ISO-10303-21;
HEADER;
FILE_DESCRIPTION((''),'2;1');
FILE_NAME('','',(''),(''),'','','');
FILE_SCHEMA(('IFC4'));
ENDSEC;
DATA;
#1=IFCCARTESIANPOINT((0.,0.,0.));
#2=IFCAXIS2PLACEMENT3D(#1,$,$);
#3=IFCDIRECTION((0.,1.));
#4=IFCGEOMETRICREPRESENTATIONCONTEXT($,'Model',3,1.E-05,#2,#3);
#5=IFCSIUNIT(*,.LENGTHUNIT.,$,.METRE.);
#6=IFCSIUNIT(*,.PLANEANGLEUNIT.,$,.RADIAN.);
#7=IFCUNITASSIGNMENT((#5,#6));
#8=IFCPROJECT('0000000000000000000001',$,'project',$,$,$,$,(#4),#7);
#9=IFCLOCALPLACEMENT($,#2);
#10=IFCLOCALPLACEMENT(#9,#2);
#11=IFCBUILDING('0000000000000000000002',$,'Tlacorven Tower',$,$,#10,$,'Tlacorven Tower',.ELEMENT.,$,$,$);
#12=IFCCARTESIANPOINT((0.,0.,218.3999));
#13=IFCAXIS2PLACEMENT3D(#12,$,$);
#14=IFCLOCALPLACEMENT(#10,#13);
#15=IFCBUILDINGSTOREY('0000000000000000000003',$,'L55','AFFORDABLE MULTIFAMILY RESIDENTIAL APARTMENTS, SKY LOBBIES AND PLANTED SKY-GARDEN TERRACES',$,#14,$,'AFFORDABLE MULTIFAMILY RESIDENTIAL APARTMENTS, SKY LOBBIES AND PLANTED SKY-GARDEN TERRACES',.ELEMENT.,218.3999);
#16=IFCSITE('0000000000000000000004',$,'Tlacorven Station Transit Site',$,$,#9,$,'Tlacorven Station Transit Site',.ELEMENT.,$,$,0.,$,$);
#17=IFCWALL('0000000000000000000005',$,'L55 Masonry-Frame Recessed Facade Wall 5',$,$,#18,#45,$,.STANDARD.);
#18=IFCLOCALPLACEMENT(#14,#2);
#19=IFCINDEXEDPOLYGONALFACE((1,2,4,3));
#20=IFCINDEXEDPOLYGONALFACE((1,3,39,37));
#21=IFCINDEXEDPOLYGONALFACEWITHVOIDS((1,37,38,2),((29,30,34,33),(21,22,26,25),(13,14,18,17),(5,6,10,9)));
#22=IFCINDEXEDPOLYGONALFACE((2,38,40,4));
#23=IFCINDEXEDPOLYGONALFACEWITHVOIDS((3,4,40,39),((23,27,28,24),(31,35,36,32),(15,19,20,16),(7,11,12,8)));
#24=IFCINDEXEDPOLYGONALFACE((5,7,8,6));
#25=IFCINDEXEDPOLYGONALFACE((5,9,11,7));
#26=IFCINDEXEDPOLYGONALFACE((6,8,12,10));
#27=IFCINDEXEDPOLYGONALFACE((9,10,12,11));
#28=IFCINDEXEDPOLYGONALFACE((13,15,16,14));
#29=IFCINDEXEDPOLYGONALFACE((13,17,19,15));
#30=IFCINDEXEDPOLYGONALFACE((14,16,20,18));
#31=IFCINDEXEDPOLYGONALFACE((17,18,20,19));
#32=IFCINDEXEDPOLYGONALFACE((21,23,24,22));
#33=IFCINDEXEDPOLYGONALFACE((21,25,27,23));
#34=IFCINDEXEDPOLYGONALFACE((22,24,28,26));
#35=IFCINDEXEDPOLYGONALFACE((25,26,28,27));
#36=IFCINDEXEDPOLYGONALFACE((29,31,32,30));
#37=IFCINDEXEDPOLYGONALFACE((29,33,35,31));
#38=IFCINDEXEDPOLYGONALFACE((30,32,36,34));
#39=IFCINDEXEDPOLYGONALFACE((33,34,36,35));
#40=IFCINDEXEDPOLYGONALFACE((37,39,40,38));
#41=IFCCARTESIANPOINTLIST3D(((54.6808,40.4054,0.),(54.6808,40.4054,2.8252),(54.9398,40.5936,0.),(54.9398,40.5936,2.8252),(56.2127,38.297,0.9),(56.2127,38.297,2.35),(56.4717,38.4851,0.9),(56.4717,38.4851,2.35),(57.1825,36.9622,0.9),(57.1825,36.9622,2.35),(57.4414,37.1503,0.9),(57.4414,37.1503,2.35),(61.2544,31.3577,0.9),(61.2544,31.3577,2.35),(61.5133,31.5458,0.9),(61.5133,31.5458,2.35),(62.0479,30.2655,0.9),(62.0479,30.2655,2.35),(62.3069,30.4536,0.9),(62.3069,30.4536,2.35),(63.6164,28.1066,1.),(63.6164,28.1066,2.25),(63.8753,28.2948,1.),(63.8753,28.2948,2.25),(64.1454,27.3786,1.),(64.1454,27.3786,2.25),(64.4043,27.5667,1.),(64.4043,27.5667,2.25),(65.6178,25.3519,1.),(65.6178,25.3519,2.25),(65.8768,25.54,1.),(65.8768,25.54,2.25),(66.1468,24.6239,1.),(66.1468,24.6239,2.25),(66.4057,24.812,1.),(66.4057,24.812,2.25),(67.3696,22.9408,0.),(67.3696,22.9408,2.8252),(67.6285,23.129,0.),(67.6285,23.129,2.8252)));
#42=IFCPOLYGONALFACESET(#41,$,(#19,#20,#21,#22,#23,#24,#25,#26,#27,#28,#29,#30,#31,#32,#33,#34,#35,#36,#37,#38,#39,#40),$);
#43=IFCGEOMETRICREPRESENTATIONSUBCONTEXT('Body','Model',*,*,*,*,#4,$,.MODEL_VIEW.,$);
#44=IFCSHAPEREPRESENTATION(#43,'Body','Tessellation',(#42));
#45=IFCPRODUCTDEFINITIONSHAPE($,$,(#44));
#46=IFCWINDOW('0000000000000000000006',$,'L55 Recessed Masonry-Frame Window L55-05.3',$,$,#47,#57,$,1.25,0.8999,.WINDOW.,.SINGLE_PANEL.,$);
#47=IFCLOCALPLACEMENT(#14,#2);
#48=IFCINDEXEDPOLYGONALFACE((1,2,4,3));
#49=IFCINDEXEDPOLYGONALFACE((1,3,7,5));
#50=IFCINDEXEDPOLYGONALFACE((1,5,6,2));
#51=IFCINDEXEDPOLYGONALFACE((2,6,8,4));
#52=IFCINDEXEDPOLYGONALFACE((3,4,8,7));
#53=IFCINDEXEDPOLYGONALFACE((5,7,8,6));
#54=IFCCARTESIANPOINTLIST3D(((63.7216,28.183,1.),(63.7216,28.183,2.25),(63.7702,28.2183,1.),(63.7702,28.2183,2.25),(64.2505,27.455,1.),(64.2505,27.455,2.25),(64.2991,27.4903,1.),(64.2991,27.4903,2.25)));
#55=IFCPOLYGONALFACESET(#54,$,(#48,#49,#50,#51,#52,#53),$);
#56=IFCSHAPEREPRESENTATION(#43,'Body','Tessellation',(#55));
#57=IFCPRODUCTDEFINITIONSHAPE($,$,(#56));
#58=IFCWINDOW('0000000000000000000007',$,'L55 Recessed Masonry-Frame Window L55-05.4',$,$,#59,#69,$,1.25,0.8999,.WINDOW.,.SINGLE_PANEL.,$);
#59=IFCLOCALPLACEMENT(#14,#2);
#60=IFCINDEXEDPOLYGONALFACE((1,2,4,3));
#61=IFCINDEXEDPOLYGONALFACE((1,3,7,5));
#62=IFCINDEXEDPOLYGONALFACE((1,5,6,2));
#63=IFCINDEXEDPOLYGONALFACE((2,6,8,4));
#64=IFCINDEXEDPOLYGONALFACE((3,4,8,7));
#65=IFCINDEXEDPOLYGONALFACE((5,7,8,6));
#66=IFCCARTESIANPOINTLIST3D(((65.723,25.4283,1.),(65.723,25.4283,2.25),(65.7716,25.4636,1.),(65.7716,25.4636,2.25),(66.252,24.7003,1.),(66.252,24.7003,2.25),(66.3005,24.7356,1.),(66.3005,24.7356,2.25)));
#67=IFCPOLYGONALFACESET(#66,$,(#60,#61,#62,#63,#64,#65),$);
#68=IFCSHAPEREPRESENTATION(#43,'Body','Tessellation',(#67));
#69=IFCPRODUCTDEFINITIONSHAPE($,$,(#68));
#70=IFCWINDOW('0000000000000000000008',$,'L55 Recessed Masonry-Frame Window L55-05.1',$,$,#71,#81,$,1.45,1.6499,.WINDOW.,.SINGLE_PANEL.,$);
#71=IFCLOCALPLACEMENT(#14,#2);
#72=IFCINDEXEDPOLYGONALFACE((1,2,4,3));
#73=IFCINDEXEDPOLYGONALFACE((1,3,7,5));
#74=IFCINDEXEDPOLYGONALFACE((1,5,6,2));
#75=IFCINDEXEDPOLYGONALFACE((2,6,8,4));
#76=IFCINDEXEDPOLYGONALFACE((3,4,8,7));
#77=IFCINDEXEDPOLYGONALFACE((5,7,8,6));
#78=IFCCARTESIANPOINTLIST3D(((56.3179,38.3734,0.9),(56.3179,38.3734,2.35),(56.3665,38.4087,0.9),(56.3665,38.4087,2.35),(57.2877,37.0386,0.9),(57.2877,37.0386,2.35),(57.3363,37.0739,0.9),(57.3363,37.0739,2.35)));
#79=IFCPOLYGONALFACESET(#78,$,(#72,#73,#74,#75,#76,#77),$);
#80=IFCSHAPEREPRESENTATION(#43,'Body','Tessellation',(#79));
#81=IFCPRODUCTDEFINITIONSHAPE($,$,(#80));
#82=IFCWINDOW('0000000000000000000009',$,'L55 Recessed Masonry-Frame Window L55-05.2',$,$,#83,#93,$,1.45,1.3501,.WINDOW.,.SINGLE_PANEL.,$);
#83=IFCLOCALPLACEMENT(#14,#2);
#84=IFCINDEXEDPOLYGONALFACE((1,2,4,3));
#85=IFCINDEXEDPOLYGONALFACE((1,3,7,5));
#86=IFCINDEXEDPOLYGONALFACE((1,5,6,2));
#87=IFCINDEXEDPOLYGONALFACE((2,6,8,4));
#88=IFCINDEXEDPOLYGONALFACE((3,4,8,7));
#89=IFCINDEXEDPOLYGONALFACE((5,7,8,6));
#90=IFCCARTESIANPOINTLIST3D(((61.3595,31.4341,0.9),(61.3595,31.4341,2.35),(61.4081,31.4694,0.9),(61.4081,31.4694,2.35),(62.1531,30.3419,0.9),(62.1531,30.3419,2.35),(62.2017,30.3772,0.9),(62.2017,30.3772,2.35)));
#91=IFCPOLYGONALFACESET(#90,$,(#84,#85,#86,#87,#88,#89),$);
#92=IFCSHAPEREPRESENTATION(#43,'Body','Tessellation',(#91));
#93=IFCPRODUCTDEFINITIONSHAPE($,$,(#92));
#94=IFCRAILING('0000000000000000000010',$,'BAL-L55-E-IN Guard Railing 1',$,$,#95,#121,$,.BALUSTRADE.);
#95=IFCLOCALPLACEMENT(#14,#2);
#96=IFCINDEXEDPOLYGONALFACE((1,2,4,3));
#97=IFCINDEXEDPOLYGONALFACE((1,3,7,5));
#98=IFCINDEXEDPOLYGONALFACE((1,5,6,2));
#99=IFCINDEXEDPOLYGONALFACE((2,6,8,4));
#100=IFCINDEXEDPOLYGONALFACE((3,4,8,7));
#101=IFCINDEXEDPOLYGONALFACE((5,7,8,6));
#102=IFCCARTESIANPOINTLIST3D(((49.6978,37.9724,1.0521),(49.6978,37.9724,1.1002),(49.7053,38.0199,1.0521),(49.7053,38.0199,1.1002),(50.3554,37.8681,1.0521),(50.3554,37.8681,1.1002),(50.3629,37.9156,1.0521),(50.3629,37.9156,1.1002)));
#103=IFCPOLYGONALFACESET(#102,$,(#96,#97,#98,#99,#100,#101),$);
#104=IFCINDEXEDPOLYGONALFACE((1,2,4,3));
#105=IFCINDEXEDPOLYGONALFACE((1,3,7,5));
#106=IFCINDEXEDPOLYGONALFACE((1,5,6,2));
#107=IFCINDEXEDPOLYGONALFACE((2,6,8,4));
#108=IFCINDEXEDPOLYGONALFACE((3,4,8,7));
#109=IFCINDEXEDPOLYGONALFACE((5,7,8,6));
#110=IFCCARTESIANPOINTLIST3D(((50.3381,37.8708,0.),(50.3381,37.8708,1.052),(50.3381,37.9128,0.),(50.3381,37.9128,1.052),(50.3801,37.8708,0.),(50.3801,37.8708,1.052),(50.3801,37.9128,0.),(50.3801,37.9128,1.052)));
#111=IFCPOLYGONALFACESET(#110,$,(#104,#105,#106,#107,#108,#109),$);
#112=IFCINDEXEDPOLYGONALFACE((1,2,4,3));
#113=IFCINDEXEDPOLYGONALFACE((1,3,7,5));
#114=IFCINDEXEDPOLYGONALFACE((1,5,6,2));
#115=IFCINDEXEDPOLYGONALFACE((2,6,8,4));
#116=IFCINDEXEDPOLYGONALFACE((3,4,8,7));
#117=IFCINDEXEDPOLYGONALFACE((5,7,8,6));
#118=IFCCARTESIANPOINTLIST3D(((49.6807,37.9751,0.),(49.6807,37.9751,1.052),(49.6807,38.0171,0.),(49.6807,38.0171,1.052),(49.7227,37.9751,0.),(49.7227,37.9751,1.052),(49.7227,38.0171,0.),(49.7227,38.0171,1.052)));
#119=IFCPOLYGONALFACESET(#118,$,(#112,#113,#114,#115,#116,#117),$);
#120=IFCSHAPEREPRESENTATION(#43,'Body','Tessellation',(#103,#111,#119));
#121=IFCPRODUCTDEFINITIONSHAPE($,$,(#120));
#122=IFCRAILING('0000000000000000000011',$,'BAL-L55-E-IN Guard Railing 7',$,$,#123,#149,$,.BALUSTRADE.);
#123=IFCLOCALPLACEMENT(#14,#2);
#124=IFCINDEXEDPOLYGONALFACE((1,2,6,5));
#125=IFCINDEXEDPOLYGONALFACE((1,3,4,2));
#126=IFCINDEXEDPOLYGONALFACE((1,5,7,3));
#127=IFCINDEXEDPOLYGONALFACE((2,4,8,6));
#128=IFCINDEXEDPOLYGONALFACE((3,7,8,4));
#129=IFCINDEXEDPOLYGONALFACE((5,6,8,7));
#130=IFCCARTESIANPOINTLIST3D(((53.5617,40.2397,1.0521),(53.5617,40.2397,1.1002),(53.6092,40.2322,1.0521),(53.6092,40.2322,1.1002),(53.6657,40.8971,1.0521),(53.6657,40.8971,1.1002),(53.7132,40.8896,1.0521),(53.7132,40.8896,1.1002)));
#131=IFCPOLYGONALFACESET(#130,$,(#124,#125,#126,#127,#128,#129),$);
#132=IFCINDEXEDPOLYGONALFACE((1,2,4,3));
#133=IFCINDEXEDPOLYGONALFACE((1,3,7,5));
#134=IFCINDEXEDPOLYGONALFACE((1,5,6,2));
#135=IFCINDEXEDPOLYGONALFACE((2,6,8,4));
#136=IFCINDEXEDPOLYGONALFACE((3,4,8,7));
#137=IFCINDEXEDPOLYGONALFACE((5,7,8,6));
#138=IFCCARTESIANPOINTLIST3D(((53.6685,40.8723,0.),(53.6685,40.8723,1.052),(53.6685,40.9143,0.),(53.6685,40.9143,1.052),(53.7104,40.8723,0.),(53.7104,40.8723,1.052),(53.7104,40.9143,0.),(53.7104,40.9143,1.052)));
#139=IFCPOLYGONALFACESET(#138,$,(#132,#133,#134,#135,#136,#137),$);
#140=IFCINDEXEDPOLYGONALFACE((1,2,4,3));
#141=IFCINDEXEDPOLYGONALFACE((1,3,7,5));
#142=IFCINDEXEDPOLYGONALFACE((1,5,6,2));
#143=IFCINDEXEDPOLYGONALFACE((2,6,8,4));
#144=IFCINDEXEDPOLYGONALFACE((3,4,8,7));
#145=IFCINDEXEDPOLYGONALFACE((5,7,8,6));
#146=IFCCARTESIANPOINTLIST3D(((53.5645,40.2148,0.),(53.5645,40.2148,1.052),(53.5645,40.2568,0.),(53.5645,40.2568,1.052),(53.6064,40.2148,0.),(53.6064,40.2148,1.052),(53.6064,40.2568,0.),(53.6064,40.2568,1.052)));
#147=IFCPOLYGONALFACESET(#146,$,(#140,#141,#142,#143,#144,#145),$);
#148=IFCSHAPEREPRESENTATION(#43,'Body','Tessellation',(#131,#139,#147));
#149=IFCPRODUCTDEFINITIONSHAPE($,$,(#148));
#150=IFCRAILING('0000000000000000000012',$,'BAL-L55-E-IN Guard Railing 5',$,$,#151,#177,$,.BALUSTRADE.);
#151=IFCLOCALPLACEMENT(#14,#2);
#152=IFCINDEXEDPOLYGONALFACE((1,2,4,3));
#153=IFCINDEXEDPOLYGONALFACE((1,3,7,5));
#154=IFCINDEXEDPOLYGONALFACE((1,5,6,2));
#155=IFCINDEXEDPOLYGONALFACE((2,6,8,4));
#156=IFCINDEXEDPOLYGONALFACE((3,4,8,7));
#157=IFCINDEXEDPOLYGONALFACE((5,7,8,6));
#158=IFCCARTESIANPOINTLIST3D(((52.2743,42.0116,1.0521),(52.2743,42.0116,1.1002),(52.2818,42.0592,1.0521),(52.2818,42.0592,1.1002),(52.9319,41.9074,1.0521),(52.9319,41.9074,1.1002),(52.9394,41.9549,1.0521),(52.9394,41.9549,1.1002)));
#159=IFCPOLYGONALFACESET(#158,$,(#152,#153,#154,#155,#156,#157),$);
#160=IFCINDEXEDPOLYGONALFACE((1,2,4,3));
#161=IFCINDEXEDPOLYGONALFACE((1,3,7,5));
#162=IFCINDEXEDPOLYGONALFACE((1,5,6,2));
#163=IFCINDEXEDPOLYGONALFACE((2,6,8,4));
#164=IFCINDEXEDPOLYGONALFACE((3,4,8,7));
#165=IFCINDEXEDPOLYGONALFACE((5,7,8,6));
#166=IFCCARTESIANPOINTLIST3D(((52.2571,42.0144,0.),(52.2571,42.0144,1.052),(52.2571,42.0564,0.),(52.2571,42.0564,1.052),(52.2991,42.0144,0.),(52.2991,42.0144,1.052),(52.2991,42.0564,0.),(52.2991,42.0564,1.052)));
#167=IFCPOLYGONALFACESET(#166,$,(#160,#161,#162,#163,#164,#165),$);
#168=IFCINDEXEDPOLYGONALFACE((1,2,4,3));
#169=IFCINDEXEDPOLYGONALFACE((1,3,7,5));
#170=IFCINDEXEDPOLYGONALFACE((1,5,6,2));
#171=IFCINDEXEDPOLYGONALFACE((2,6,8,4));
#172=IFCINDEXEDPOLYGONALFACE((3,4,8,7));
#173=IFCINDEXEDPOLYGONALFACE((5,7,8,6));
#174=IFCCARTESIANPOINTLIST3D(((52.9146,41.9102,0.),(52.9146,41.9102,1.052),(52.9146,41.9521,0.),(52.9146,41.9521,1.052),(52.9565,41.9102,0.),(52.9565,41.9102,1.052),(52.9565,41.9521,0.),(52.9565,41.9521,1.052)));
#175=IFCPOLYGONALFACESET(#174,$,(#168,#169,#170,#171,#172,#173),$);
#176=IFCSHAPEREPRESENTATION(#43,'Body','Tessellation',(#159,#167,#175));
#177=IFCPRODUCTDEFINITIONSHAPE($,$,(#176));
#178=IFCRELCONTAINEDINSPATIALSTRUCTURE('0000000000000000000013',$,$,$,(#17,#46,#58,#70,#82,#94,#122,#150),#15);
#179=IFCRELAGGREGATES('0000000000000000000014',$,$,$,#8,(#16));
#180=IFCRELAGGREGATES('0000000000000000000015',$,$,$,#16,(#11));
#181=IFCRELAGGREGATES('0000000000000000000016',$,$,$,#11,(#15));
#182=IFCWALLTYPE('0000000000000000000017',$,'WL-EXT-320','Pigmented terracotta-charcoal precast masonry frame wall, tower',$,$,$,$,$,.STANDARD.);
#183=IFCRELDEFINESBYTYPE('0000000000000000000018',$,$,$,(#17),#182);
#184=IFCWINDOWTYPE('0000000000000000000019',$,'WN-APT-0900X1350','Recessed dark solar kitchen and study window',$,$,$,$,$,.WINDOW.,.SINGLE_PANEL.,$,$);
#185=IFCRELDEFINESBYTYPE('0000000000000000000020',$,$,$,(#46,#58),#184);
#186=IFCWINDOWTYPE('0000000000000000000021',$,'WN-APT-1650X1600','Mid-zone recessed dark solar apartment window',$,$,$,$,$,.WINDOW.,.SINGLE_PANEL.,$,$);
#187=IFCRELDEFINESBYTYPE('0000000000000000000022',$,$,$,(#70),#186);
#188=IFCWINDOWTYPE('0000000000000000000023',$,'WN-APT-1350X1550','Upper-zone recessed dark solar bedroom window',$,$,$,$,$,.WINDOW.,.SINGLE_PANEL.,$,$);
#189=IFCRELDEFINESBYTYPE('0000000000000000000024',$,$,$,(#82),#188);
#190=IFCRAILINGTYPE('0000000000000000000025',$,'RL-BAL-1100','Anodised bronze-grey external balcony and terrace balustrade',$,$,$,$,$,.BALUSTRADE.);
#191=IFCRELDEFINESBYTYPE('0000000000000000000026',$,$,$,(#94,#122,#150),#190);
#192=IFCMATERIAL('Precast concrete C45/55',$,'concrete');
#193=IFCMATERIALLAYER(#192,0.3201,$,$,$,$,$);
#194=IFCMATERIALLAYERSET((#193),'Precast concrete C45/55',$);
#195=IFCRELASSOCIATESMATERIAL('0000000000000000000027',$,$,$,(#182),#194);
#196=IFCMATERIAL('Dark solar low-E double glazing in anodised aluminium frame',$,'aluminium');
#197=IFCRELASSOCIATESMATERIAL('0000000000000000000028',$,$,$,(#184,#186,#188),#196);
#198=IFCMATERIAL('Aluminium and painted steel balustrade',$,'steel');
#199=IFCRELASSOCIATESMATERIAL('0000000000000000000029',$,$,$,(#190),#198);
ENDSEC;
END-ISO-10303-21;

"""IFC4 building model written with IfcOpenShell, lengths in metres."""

from ifc_helpers import new_model, si_unit, direction, frame, frame_2d, origin, origin_2d, place, context, subcontext, project, spatial, rectangle, extrude, source, transform, mapped, material, layer, layer_set, type_object, element, fill, save


model = new_model("IFC4")

# Units and contexts
model_context = context("Model", 3, precision=1e-05, world=origin(), true_north=direction((0.0, 1.0)))
body_context = subcontext(model_context, "Body", "Model", "MODEL_VIEW")
ifc_project = project(units=[si_unit("LENGTHUNIT", "METRE"), si_unit("PLANEANGLEUNIT", "RADIAN")], contexts=[model_context])

# Site, building, storey
site_placement = place(None, origin())
site = spatial("IfcSite", under=ifc_project, at=site_placement, Name="Tlacorven Station Transit Site", LongName="Tlacorven Station Transit Site", CompositionType="ELEMENT", RefElevation=0.0)
building_placement = place(site_placement, origin())
building = spatial("IfcBuilding", under=site, at=building_placement, Name="Tlacorven Tower", LongName="Tlacorven Tower", CompositionType="ELEMENT")
storey_placement = place(building_placement, frame((0.0, 0.0, 218.3999)))
storey = spatial("IfcBuildingStorey", under=building, at=storey_placement, Name="L55", Description="AFFORDABLE MULTIFAMILY RESIDENTIAL APARTMENTS, SKY LOBBIES AND PLANTED SKY-GARDEN TERRACES", LongName="AFFORDABLE MULTIFAMILY RESIDENTIAL APARTMENTS, SKY LOBBIES AND PLANTED SKY-GARDEN TERRACES", CompositionType="ELEMENT", Elevation=218.3999)

# Wall, openings, windows
ifc_material_1 = material(Name="Precast concrete C45/55", Category="concrete")
ifc_layer_1 = layer(ifc_material_1, 0.3201)
ifc_layer_set_1 = layer_set([ifc_layer_1], Name="Precast concrete C45/55")
wall_type_1 = type_object("IfcWallType", Name="WL-EXT-320", Description="Pigmented terracotta-charcoal precast masonry frame wall, tower", PredefinedType="STANDARD", material=ifc_layer_set_1)
wall_1_placement = place(storey_placement, frame((54.8103, 40.4995, 0.0), z_axis=(0.0, 0.0, 1.0), x_axis=(0.587784, -0.809018, 0.0)))
wall_1 = element("IfcWall", 1, at=wall_1_placement, inside=storey, type_object=wall_type_1, Name="L55 Masonry-Frame Recessed Facade Wall 5", PredefinedType="STANDARD", context=body_context, shape_type="SweptSolid", body=[
    extrude(rectangle(XDim=21.5874, YDim=0.3201, at=frame_2d((10.7937, 0.0))), origin(), (0.0, 0.0, 1.0), 2.8252),
])
opening_1_placement = place(wall_1_placement, frame((2.6062, 0.0, 0.8999)))
opening_1 = element("IfcOpeningElement", 2, at=opening_1_placement, cuts=wall_1, PredefinedType="OPENING", context=body_context, shape_type="SweptSolid", body=[
    extrude(rectangle(XDim=1.6499, YDim=1.45, at=frame_2d((0.825, 0.7251))), frame((0.0, 0.1699, 0.0), z_axis=(0.0, -1.0, 0.0), x_axis=(1.0, 0.0, 0.0)), (0.0, 0.0, 1.0), 0.3401),
])
opening_2_placement = place(wall_1_placement, frame((11.1836, 0.0, 0.8999)))
opening_2 = element("IfcOpeningElement", 3, at=opening_2_placement, cuts=wall_1, PredefinedType="OPENING", context=body_context, shape_type="SweptSolid", body=[
    extrude(rectangle(XDim=1.3501, YDim=1.45, at=frame_2d((0.675, 0.7251))), frame((0.0, 0.1699, 0.0), z_axis=(0.0, -1.0, 0.0), x_axis=(1.0, 0.0, 0.0)), (0.0, 0.0, 1.0), 0.3401),
])
opening_3_placement = place(wall_1_placement, frame((15.2021, 0.0, 1.0)))
opening_3 = element("IfcOpeningElement", 4, at=opening_3_placement, cuts=wall_1, PredefinedType="OPENING", context=body_context, shape_type="SweptSolid", body=[
    extrude(rectangle(XDim=0.8999, YDim=1.25, at=frame_2d((0.45, 0.625))), frame((0.0, 0.1699, 0.0), z_axis=(0.0, -1.0, 0.0), x_axis=(1.0, 0.0, 0.0)), (0.0, 0.0, 1.0), 0.3401),
])
opening_4_placement = place(wall_1_placement, frame((18.6072, 0.0, 1.0)))
opening_4 = element("IfcOpeningElement", 5, at=opening_4_placement, cuts=wall_1, PredefinedType="OPENING", context=body_context, shape_type="SweptSolid", body=[
    extrude(rectangle(XDim=0.8999, YDim=1.25, at=frame_2d((0.45, 0.625))), frame((0.0, 0.1699, 0.0), z_axis=(0.0, -1.0, 0.0), x_axis=(1.0, 0.0, 0.0)), (0.0, 0.0, 1.0), 0.3401),
])
ifc_material_2 = material(Name="Dark solar low-E double glazing in anodised aluminium frame", Category="aluminium")
window_type_1 = type_object("IfcWindowType", Name="WN-APT-0900X1350", Description="Recessed dark solar kitchen and study window", PartitioningType="SINGLE_PANEL", PredefinedType="WINDOW", material=ifc_material_2)
shared_shape_1 = source(origin(), body_context, "Body", "SweptSolid", [
    extrude(rectangle(XDim=0.8999, YDim=1.25, at=frame_2d((0.45, 0.625))), frame((0.0, 0.03, 0.0), z_axis=(0.0, -1.0, 0.0), x_axis=(1.0, 0.0, 0.0)), (0.0, 0.0, 1.0), 0.0601),
])
window_1_placement = place(opening_3_placement, origin())
window_1 = element("IfcWindow", 6, at=window_1_placement, inside=storey, type_object=window_type_1, Name="L55 Recessed Masonry-Frame Window L55-05.3", OverallHeight=1.25, OverallWidth=0.8999, PartitioningType="SINGLE_PANEL", PredefinedType="WINDOW", context=body_context, shape_type="MappedRepresentation", body=[
    mapped(shared_shape_1, transform((0.0, 0.0, 0.0), scale=1.0)),
])
fill(opening_3, window_1)
window_2_placement = place(opening_4_placement, origin())
window_2 = element("IfcWindow", 7, at=window_2_placement, inside=storey, type_object=window_type_1, Name="L55 Recessed Masonry-Frame Window L55-05.4", OverallHeight=1.25, OverallWidth=0.8999, PartitioningType="SINGLE_PANEL", PredefinedType="WINDOW", context=body_context, shape_type="MappedRepresentation", body=[
    mapped(shared_shape_1, transform((0.0, 0.0, 0.0), scale=1.0)),
])
fill(opening_4, window_2)
window_type_2 = type_object("IfcWindowType", Name="WN-APT-1650X1600", Description="Mid-zone recessed dark solar apartment window", PartitioningType="SINGLE_PANEL", PredefinedType="WINDOW", material=ifc_material_2)
shared_shape_2 = source(origin(), body_context, "Body", "SweptSolid", [
    extrude(rectangle(XDim=1.6499, YDim=1.45, at=frame_2d((0.825, 0.7251))), frame((0.0, 0.03, 0.0), z_axis=(0.0, -1.0, 0.0), x_axis=(1.0, 0.0, 0.0)), (0.0, 0.0, 1.0), 0.0601),
])
window_3_placement = place(opening_1_placement, origin())
window_3 = element("IfcWindow", 8, at=window_3_placement, inside=storey, type_object=window_type_2, Name="L55 Recessed Masonry-Frame Window L55-05.1", OverallHeight=1.45, OverallWidth=1.6499, PartitioningType="SINGLE_PANEL", PredefinedType="WINDOW", context=body_context, shape_type="MappedRepresentation", body=[
    mapped(shared_shape_2, transform((0.0, 0.0, 0.0), scale=1.0)),
])
fill(opening_1, window_3)
window_type_3 = type_object("IfcWindowType", Name="WN-APT-1350X1550", Description="Upper-zone recessed dark solar bedroom window", PartitioningType="SINGLE_PANEL", PredefinedType="WINDOW", material=ifc_material_2)
shared_shape_3 = source(origin(), body_context, "Body", "SweptSolid", [
    extrude(rectangle(XDim=1.3501, YDim=1.45, at=frame_2d((0.675, 0.7251))), frame((0.0, 0.03, 0.0), z_axis=(0.0, -1.0, 0.0), x_axis=(1.0, 0.0, 0.0)), (0.0, 0.0, 1.0), 0.0601),
])
window_4_placement = place(opening_2_placement, origin())
window_4 = element("IfcWindow", 9, at=window_4_placement, inside=storey, type_object=window_type_3, Name="L55 Recessed Masonry-Frame Window L55-05.2", OverallHeight=1.45, OverallWidth=1.3501, PartitioningType="SINGLE_PANEL", PredefinedType="WINDOW", context=body_context, shape_type="MappedRepresentation", body=[
    mapped(shared_shape_3, transform((0.0, 0.0, 0.0), scale=1.0)),
])
fill(opening_2, window_4)

# Railings
ifc_material_3 = material(Name="Aluminium and painted steel balustrade", Category="steel")
railing_type_1 = type_object("IfcRailingType", Name="RL-BAL-1100", Description="Anodised bronze-grey external balcony and terrace balustrade", PredefinedType="BALUSTRADE", material=ifc_material_3)
shared_shape_4 = source(origin(), body_context, "Body", "SweptSolid", [
    extrude(rectangle(XDim=0.0481, YDim=0.0481, at=origin_2d()), frame((0.0, 0.0, 1.0762), z_axis=(-0.987662, 0.156603, 0.0), x_axis=(-0.156603, -0.987662, 0.0)), (0.0, 0.0, 1.0), 0.6658),
    extrude(rectangle(XDim=0.042, YDim=0.042, at=origin_2d()), origin(), (0.0, 0.0, 1.0), 1.052),
    extrude(rectangle(XDim=0.042, YDim=0.042, at=origin_2d()), frame((-0.6575, 0.1042, 0.0)), (0.0, 0.0, 1.0), 1.052),
])
railing_1_placement = place(storey_placement, frame((50.3591, 37.8918, 0.0)))
element("IfcRailing", 10, at=railing_1_placement, inside=storey, type_object=railing_type_1, Name="BAL-L55-E-IN Guard Railing 1", PredefinedType="BALUSTRADE", context=body_context, shape_type="MappedRepresentation", body=[
    mapped(shared_shape_4, transform((0.0, 0.0, 0.0), scale=1.0)),
])
shared_shape_5 = source(origin(), body_context, "Body", "SweptSolid", [
    extrude(rectangle(XDim=0.0481, YDim=0.0481, at=origin_2d()), frame((0.0, 0.0, 1.0762), z_axis=(-0.156245, -0.987718, 0.0), x_axis=(0.987718, -0.156245, 0.0)), (0.0, 0.0, 1.0), 0.6655),
    extrude(rectangle(XDim=0.042, YDim=0.042, at=origin_2d()), origin(), (0.0, 0.0, 1.0), 1.052),
    extrude(rectangle(XDim=0.042, YDim=0.042, at=origin_2d()), frame((-0.104, -0.6575, 0.0)), (0.0, 0.0, 1.0), 1.052),
])
railing_2_placement = place(storey_placement, frame((53.6895, 40.8933, 0.0)))
element("IfcRailing", 11, at=railing_2_placement, inside=storey, type_object=railing_type_1, Name="BAL-L55-E-IN Guard Railing 7", PredefinedType="BALUSTRADE", context=body_context, shape_type="MappedRepresentation", body=[
    mapped(shared_shape_5, transform((0.0, 0.0, 0.0), scale=1.0)),
])
shared_shape_6 = source(origin(), body_context, "Body", "SweptSolid", [
    extrude(rectangle(XDim=0.0481, YDim=0.0481, at=origin_2d()), frame((0.0, 0.0, 1.0762), z_axis=(0.987662, -0.156603, 0.0), x_axis=(0.156603, 0.987662, 0.0)), (0.0, 0.0, 1.0), 0.6658),
    extrude(rectangle(XDim=0.042, YDim=0.042, at=origin_2d()), origin(), (0.0, 0.0, 1.0), 1.052),
    extrude(rectangle(XDim=0.042, YDim=0.042, at=origin_2d()), frame((0.6575, -0.1042, 0.0)), (0.0, 0.0, 1.0), 1.052),
])
railing_3_placement = place(storey_placement, frame((52.2781, 42.0354, 0.0)))
element("IfcRailing", 12, at=railing_3_placement, inside=storey, type_object=railing_type_1, Name="BAL-L55-E-IN Guard Railing 5", PredefinedType="BALUSTRADE", context=body_context, shape_type="MappedRepresentation", body=[
    mapped(shared_shape_6, transform((0.0, 0.0, 0.0), scale=1.0)),
])

save(model, "model.ifc")
